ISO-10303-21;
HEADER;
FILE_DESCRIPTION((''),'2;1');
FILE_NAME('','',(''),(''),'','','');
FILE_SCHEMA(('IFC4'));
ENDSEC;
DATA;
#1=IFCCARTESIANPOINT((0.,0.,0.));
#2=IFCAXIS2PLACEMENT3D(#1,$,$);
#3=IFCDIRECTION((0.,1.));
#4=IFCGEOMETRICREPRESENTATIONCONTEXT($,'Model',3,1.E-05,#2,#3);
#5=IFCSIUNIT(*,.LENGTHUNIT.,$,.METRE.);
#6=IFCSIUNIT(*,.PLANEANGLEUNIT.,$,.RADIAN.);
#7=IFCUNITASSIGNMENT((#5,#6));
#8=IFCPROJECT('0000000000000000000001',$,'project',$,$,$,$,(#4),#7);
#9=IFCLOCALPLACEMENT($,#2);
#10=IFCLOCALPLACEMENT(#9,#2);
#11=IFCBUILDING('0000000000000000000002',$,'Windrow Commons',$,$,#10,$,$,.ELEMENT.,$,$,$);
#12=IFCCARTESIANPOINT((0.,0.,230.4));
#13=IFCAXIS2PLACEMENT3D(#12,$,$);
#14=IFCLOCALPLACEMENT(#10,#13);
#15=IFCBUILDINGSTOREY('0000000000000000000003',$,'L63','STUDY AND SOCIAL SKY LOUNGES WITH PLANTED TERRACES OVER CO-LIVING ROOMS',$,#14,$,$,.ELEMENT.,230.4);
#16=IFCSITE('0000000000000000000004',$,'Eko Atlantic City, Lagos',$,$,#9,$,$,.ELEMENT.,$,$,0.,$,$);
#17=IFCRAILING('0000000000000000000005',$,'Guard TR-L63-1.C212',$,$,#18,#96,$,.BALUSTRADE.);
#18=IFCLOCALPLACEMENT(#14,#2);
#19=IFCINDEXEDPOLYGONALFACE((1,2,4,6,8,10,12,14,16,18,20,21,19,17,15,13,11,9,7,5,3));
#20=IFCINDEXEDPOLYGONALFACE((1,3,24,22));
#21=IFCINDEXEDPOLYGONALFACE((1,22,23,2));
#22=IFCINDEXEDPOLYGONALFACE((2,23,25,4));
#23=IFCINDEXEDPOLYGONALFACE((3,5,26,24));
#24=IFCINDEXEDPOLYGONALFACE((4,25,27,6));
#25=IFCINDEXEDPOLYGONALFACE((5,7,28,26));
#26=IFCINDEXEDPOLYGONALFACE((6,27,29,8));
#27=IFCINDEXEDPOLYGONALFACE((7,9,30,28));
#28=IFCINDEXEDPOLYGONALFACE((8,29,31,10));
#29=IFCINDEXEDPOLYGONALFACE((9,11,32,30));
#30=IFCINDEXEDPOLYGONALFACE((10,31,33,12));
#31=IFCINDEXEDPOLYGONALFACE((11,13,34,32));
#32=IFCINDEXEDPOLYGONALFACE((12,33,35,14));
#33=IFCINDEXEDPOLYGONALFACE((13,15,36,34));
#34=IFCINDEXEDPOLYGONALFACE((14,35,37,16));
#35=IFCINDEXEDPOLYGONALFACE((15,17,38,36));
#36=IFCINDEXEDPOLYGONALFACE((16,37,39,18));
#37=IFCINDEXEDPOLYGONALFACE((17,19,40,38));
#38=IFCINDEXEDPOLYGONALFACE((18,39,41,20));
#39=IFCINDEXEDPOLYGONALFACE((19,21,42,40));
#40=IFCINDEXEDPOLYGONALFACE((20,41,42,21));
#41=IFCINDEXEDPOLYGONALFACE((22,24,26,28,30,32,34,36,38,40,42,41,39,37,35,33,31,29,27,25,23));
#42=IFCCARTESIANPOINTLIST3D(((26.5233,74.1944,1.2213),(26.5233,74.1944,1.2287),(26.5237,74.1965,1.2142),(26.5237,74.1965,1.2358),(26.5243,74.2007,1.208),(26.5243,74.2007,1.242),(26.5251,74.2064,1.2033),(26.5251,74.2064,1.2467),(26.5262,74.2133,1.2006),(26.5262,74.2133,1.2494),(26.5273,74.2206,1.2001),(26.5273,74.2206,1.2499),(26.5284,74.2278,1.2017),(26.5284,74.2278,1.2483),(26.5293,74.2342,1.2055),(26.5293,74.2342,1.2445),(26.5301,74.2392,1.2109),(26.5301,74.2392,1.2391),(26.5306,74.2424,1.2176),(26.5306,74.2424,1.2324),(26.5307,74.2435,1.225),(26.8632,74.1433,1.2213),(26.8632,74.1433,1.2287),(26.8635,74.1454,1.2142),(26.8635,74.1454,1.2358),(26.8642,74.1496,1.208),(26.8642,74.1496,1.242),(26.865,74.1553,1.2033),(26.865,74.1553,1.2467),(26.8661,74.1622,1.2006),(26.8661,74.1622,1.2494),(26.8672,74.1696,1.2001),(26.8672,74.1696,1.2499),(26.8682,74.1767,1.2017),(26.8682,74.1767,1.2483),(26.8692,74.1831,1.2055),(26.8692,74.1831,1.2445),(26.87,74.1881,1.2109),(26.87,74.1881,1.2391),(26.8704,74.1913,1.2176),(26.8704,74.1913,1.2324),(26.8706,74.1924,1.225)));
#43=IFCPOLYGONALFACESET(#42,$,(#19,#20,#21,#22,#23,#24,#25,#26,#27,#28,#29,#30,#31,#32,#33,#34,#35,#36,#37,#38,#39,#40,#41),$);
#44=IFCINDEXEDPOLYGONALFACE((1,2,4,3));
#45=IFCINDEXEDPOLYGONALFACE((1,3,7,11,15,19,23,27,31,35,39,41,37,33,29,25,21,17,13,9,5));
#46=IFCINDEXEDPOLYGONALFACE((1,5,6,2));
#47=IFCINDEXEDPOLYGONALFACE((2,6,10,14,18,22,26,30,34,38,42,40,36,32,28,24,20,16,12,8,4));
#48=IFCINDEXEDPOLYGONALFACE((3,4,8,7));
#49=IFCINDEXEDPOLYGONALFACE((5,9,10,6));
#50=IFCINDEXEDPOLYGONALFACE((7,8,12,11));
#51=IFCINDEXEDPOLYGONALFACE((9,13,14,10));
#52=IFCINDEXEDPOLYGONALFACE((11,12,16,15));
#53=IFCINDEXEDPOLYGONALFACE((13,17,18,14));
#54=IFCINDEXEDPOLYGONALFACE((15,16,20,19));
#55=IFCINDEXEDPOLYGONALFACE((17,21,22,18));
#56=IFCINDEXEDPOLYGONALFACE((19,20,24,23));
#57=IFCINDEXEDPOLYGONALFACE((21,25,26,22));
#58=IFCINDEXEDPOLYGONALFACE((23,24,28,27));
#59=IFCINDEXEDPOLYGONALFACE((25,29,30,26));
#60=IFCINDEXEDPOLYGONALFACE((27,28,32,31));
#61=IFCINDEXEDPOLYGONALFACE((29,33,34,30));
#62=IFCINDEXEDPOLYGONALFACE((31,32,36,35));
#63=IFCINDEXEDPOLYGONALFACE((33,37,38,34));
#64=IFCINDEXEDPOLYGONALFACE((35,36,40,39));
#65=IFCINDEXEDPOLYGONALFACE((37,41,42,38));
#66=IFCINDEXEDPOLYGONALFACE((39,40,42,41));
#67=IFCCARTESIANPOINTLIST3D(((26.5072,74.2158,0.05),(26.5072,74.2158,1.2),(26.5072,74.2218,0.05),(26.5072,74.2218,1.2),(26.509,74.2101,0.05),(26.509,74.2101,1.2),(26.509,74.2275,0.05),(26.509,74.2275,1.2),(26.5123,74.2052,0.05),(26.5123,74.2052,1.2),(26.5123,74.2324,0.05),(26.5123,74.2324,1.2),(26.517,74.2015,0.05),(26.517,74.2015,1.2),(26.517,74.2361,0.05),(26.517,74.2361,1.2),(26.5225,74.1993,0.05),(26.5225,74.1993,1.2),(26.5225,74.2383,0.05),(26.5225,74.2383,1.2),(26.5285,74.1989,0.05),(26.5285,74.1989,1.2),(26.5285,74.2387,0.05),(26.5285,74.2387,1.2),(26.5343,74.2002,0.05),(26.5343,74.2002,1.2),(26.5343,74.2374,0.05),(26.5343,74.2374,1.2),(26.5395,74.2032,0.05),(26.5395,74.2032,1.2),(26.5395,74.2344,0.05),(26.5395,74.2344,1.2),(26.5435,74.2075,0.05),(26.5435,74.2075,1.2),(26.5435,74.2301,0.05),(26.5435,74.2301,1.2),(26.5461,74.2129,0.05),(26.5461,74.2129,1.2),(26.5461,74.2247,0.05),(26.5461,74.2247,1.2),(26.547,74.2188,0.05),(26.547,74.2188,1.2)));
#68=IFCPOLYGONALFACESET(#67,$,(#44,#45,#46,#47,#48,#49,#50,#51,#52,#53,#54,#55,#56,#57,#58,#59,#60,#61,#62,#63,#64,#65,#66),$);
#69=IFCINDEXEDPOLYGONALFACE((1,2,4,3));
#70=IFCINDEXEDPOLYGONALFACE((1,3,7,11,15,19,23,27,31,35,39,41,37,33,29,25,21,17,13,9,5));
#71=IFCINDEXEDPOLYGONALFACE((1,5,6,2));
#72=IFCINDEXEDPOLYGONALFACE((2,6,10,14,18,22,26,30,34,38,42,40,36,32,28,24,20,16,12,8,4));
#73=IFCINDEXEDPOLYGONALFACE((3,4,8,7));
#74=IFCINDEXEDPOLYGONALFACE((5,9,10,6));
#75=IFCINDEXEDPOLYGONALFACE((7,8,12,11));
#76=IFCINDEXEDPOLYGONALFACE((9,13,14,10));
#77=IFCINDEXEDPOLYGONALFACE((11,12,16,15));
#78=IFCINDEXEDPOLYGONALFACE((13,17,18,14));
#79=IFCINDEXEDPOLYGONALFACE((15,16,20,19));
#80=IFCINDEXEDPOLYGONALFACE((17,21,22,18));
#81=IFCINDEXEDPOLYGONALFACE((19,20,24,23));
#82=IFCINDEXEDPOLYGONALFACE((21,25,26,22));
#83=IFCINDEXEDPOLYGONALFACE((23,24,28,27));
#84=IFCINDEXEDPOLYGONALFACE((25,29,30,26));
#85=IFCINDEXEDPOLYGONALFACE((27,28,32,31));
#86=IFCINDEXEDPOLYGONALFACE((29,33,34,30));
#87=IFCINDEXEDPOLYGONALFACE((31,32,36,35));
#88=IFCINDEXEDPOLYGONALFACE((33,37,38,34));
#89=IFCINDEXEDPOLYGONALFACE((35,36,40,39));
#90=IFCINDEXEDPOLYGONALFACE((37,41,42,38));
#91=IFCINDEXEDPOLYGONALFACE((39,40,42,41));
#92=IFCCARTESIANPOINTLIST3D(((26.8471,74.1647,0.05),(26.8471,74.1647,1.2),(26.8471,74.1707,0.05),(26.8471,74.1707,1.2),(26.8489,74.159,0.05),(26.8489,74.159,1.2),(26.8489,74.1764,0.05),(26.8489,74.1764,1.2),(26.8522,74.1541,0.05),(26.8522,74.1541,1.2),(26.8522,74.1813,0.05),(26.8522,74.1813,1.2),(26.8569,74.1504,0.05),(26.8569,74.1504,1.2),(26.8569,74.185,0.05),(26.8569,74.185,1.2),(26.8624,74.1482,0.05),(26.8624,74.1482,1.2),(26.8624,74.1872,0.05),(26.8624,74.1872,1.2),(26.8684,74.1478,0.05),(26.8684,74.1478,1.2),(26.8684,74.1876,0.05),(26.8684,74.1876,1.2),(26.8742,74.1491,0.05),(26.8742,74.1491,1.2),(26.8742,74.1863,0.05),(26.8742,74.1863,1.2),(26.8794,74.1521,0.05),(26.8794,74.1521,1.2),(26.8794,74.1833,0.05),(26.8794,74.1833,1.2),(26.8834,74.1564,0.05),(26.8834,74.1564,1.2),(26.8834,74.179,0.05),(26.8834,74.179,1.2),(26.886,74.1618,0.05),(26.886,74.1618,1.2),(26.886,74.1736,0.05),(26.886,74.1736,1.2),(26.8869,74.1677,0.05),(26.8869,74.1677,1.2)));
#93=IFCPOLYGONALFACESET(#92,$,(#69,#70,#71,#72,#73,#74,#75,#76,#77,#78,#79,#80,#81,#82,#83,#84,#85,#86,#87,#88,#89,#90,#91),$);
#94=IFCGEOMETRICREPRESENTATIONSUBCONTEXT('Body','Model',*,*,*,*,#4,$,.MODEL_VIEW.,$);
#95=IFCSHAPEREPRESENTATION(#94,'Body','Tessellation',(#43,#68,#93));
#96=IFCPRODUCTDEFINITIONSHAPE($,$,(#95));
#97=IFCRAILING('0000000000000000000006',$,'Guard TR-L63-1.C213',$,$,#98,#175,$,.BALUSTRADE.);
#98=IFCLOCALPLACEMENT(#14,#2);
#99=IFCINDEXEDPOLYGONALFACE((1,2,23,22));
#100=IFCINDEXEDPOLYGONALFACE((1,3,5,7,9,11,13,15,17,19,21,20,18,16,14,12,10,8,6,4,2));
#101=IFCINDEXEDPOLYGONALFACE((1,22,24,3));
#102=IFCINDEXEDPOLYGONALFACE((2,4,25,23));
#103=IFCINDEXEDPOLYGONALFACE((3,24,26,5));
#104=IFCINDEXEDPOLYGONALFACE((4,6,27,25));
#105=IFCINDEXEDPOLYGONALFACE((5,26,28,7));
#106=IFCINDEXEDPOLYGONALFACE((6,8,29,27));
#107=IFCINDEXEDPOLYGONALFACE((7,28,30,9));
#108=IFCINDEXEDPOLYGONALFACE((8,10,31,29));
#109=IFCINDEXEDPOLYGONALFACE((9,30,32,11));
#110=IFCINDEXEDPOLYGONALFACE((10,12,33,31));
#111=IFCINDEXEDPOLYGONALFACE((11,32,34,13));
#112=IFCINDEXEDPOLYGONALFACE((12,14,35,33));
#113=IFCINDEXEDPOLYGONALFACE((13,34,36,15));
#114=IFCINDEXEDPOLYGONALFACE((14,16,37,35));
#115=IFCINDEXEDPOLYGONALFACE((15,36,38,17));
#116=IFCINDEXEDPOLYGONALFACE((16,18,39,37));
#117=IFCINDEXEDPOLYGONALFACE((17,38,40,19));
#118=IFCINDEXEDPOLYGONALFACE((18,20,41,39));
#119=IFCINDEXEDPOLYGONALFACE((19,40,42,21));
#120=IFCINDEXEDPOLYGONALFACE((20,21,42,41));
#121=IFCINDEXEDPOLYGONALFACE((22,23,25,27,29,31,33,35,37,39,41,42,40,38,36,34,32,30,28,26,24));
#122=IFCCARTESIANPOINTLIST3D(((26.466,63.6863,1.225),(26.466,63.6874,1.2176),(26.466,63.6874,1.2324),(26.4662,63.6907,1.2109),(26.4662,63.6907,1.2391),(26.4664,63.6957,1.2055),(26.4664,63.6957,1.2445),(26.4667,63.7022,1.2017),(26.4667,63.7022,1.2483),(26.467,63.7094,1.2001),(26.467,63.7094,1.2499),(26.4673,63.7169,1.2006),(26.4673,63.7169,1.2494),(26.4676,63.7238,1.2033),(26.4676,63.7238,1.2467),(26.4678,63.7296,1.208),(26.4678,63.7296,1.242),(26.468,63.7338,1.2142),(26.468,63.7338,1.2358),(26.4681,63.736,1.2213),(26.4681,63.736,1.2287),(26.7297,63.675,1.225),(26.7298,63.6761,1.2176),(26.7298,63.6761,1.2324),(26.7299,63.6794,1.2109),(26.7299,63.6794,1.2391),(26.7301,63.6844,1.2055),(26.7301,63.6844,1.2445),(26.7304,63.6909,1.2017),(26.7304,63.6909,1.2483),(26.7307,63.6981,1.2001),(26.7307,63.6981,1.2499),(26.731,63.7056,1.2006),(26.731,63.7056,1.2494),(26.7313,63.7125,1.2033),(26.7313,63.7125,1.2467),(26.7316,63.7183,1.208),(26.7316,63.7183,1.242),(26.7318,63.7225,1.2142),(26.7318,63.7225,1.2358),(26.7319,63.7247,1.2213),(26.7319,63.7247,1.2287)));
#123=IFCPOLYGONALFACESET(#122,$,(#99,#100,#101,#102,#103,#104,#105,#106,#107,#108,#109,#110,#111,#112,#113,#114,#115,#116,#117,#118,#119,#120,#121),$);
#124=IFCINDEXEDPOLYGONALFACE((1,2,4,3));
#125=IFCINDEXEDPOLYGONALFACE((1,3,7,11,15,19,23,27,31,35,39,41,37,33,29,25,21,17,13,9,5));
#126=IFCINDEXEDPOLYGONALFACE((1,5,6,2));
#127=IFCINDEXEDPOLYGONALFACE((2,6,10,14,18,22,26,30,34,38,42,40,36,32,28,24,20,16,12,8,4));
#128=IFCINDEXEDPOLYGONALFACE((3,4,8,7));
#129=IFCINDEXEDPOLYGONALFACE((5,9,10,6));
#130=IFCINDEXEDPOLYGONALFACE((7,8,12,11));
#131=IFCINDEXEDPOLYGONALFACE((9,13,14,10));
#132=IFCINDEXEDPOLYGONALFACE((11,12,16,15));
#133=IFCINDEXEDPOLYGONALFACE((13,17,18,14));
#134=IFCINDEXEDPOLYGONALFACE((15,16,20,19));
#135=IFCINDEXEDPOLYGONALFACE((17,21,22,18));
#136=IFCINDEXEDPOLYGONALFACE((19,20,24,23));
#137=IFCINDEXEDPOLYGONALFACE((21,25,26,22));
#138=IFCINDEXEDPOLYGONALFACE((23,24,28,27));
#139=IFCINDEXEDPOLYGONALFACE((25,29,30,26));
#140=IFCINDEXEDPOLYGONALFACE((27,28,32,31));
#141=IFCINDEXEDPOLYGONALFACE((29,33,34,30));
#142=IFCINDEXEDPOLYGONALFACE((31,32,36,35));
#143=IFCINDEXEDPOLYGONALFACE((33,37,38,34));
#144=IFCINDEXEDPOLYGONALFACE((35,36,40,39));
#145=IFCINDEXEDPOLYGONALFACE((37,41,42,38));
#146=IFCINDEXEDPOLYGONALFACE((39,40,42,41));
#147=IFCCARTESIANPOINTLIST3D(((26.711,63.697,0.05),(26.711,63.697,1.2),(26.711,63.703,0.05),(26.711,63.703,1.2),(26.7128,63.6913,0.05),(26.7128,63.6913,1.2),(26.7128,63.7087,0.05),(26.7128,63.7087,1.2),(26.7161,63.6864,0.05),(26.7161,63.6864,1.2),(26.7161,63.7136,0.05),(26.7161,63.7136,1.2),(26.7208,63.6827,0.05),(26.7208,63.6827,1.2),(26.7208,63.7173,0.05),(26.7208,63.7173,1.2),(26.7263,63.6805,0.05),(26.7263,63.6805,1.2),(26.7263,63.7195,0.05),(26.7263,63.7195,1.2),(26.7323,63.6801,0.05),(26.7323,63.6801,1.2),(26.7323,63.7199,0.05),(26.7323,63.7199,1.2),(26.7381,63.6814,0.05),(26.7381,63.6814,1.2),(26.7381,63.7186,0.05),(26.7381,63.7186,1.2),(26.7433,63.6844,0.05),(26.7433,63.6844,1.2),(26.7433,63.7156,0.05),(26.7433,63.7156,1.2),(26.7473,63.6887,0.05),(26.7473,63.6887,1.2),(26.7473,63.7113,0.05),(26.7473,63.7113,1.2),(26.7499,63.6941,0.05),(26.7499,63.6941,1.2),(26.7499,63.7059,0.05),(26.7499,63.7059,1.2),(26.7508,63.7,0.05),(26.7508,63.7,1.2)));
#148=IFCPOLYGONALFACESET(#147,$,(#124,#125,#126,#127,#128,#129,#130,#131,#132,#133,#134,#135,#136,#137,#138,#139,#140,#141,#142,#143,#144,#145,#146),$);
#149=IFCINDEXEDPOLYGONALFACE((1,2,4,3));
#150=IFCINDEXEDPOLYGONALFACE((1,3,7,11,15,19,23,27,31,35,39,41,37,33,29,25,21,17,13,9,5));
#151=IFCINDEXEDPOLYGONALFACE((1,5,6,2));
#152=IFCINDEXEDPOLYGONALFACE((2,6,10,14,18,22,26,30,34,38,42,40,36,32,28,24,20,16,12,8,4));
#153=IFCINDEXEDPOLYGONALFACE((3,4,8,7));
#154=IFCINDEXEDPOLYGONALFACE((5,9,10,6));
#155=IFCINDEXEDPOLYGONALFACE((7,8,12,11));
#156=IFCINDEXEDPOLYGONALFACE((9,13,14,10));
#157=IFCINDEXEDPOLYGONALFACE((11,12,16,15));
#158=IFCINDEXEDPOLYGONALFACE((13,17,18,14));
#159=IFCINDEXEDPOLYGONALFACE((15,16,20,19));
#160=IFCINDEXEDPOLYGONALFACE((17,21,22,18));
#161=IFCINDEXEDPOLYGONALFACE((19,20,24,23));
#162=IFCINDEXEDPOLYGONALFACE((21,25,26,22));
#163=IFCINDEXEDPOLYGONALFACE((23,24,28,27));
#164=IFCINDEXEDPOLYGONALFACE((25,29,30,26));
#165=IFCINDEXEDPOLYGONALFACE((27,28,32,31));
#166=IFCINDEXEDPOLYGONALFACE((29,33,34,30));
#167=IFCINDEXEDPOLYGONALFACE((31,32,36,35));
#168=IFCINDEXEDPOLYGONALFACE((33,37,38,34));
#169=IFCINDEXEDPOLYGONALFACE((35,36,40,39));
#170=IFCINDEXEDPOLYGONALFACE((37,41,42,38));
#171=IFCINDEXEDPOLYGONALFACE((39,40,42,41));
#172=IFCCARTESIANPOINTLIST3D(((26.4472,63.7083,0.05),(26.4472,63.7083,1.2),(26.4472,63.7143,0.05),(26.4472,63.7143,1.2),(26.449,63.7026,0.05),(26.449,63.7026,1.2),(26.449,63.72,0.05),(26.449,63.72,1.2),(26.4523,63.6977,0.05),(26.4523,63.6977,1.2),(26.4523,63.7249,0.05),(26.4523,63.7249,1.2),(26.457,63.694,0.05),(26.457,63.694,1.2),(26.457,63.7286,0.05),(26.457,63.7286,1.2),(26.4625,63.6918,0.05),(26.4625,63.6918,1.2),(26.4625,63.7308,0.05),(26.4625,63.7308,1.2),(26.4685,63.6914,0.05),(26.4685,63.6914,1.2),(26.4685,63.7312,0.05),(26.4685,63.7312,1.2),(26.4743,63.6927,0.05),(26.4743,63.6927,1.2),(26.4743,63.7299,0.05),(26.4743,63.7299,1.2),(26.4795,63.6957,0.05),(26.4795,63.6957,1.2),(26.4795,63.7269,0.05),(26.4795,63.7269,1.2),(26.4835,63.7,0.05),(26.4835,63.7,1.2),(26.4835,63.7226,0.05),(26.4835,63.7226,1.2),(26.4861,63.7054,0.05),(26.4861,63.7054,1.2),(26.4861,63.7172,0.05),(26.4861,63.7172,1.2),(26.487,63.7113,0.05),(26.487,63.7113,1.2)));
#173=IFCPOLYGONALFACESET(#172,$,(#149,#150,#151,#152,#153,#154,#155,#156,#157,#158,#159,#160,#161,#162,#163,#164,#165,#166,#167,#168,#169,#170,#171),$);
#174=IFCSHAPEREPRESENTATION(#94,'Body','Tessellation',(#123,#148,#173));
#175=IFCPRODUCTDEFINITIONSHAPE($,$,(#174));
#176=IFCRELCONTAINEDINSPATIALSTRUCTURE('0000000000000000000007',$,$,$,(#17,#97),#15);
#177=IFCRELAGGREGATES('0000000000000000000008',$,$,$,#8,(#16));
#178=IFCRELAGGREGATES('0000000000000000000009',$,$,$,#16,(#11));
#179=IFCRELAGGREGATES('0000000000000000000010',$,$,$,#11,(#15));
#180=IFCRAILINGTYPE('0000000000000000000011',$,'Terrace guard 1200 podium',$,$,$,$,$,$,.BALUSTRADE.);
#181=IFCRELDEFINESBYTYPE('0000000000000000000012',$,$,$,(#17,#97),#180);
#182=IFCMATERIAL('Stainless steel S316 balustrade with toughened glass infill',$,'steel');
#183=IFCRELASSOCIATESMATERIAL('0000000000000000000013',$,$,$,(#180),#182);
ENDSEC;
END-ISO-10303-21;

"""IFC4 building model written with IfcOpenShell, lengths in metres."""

from ifc_helpers import new_model, si_unit, direction, frame, origin, origin_2d, place, context, subcontext, project, spatial, circle, extrude, material, type_object, element, save


model = new_model("IFC4")

# Units and contexts
model_context = context("Model", 3, precision=1e-05, world=origin(), true_north=direction((0.0, 1.0)))
body_context = subcontext(model_context, "Body", "Model", "MODEL_VIEW")
ifc_project = project(units=[si_unit("LENGTHUNIT", "METRE"), si_unit("PLANEANGLEUNIT", "RADIAN")], contexts=[model_context])

# Site, building, storey
site_placement = place(None, origin())
site = spatial("IfcSite", under=ifc_project, at=site_placement, Name="Eko Atlantic City, Lagos", CompositionType="ELEMENT", RefElevation=0.0)
building_placement = place(site_placement, origin())
building = spatial("IfcBuilding", under=site, at=building_placement, Name="Windrow Commons", CompositionType="ELEMENT")
storey_placement = place(building_placement, frame((0.0, 0.0, 230.4)))
storey = spatial("IfcBuildingStorey", under=building, at=storey_placement, Name="L63", Description="STUDY AND SOCIAL SKY LOUNGES WITH PLANTED TERRACES OVER CO-LIVING ROOMS", CompositionType="ELEMENT", Elevation=230.4)

# Railings
ifc_material_1 = material(Name="Stainless steel S316 balustrade with toughened glass infill", Category="steel")
railing_type = type_object("IfcRailingType", Name="Terrace guard 1200 podium", PredefinedType="BALUSTRADE", material=ifc_material_1)
railing_1_placement = place(storey_placement, frame((26.527, 74.2188, 0.05)))
element("IfcRailing", 1, at=railing_1_placement, inside=storey, type_object=railing_type, Name="Guard TR-L63-1.C212", PredefinedType="BALUSTRADE", context=body_context, shape_type="SweptSolid", body=[
    extrude(circle(Radius=0.025, at=origin_2d()), frame((0.0, 0.0, 1.175), z_axis=(0.988887, -0.148668, 0.0), x_axis=(0.148668, 0.988887, 0.0)), (0.0, 0.0, 1.0), 0.3437),
    extrude(circle(Radius=0.02, at=origin_2d()), origin(), (0.0, 0.0, 1.0), 1.15),
    extrude(circle(Radius=0.02, at=origin_2d()), frame((0.3399, -0.0511, 0.0)), (0.0, 0.0, 1.0), 1.15),
])
railing_2_placement = place(storey_placement, frame((26.7308, 63.7, 0.05)))
element("IfcRailing", 2, at=railing_2_placement, inside=storey, type_object=railing_type, Name="Guard TR-L63-1.C213", PredefinedType="BALUSTRADE", context=body_context, shape_type="SweptSolid", body=[
    extrude(circle(Radius=0.025, at=origin_2d()), frame((0.0, 0.0, 1.175), z_axis=(-0.999084, 0.042796, 0.0), x_axis=(-0.042796, -0.999084, 0.0)), (0.0, 0.0, 1.0), 0.264),
    extrude(circle(Radius=0.02, at=origin_2d()), origin(), (0.0, 0.0, 1.0), 1.15),
    extrude(circle(Radius=0.02, at=origin_2d()), frame((-0.2638, 0.0113, 0.0)), (0.0, 0.0, 1.0), 1.15),
])

save(model, "model.ifc")
